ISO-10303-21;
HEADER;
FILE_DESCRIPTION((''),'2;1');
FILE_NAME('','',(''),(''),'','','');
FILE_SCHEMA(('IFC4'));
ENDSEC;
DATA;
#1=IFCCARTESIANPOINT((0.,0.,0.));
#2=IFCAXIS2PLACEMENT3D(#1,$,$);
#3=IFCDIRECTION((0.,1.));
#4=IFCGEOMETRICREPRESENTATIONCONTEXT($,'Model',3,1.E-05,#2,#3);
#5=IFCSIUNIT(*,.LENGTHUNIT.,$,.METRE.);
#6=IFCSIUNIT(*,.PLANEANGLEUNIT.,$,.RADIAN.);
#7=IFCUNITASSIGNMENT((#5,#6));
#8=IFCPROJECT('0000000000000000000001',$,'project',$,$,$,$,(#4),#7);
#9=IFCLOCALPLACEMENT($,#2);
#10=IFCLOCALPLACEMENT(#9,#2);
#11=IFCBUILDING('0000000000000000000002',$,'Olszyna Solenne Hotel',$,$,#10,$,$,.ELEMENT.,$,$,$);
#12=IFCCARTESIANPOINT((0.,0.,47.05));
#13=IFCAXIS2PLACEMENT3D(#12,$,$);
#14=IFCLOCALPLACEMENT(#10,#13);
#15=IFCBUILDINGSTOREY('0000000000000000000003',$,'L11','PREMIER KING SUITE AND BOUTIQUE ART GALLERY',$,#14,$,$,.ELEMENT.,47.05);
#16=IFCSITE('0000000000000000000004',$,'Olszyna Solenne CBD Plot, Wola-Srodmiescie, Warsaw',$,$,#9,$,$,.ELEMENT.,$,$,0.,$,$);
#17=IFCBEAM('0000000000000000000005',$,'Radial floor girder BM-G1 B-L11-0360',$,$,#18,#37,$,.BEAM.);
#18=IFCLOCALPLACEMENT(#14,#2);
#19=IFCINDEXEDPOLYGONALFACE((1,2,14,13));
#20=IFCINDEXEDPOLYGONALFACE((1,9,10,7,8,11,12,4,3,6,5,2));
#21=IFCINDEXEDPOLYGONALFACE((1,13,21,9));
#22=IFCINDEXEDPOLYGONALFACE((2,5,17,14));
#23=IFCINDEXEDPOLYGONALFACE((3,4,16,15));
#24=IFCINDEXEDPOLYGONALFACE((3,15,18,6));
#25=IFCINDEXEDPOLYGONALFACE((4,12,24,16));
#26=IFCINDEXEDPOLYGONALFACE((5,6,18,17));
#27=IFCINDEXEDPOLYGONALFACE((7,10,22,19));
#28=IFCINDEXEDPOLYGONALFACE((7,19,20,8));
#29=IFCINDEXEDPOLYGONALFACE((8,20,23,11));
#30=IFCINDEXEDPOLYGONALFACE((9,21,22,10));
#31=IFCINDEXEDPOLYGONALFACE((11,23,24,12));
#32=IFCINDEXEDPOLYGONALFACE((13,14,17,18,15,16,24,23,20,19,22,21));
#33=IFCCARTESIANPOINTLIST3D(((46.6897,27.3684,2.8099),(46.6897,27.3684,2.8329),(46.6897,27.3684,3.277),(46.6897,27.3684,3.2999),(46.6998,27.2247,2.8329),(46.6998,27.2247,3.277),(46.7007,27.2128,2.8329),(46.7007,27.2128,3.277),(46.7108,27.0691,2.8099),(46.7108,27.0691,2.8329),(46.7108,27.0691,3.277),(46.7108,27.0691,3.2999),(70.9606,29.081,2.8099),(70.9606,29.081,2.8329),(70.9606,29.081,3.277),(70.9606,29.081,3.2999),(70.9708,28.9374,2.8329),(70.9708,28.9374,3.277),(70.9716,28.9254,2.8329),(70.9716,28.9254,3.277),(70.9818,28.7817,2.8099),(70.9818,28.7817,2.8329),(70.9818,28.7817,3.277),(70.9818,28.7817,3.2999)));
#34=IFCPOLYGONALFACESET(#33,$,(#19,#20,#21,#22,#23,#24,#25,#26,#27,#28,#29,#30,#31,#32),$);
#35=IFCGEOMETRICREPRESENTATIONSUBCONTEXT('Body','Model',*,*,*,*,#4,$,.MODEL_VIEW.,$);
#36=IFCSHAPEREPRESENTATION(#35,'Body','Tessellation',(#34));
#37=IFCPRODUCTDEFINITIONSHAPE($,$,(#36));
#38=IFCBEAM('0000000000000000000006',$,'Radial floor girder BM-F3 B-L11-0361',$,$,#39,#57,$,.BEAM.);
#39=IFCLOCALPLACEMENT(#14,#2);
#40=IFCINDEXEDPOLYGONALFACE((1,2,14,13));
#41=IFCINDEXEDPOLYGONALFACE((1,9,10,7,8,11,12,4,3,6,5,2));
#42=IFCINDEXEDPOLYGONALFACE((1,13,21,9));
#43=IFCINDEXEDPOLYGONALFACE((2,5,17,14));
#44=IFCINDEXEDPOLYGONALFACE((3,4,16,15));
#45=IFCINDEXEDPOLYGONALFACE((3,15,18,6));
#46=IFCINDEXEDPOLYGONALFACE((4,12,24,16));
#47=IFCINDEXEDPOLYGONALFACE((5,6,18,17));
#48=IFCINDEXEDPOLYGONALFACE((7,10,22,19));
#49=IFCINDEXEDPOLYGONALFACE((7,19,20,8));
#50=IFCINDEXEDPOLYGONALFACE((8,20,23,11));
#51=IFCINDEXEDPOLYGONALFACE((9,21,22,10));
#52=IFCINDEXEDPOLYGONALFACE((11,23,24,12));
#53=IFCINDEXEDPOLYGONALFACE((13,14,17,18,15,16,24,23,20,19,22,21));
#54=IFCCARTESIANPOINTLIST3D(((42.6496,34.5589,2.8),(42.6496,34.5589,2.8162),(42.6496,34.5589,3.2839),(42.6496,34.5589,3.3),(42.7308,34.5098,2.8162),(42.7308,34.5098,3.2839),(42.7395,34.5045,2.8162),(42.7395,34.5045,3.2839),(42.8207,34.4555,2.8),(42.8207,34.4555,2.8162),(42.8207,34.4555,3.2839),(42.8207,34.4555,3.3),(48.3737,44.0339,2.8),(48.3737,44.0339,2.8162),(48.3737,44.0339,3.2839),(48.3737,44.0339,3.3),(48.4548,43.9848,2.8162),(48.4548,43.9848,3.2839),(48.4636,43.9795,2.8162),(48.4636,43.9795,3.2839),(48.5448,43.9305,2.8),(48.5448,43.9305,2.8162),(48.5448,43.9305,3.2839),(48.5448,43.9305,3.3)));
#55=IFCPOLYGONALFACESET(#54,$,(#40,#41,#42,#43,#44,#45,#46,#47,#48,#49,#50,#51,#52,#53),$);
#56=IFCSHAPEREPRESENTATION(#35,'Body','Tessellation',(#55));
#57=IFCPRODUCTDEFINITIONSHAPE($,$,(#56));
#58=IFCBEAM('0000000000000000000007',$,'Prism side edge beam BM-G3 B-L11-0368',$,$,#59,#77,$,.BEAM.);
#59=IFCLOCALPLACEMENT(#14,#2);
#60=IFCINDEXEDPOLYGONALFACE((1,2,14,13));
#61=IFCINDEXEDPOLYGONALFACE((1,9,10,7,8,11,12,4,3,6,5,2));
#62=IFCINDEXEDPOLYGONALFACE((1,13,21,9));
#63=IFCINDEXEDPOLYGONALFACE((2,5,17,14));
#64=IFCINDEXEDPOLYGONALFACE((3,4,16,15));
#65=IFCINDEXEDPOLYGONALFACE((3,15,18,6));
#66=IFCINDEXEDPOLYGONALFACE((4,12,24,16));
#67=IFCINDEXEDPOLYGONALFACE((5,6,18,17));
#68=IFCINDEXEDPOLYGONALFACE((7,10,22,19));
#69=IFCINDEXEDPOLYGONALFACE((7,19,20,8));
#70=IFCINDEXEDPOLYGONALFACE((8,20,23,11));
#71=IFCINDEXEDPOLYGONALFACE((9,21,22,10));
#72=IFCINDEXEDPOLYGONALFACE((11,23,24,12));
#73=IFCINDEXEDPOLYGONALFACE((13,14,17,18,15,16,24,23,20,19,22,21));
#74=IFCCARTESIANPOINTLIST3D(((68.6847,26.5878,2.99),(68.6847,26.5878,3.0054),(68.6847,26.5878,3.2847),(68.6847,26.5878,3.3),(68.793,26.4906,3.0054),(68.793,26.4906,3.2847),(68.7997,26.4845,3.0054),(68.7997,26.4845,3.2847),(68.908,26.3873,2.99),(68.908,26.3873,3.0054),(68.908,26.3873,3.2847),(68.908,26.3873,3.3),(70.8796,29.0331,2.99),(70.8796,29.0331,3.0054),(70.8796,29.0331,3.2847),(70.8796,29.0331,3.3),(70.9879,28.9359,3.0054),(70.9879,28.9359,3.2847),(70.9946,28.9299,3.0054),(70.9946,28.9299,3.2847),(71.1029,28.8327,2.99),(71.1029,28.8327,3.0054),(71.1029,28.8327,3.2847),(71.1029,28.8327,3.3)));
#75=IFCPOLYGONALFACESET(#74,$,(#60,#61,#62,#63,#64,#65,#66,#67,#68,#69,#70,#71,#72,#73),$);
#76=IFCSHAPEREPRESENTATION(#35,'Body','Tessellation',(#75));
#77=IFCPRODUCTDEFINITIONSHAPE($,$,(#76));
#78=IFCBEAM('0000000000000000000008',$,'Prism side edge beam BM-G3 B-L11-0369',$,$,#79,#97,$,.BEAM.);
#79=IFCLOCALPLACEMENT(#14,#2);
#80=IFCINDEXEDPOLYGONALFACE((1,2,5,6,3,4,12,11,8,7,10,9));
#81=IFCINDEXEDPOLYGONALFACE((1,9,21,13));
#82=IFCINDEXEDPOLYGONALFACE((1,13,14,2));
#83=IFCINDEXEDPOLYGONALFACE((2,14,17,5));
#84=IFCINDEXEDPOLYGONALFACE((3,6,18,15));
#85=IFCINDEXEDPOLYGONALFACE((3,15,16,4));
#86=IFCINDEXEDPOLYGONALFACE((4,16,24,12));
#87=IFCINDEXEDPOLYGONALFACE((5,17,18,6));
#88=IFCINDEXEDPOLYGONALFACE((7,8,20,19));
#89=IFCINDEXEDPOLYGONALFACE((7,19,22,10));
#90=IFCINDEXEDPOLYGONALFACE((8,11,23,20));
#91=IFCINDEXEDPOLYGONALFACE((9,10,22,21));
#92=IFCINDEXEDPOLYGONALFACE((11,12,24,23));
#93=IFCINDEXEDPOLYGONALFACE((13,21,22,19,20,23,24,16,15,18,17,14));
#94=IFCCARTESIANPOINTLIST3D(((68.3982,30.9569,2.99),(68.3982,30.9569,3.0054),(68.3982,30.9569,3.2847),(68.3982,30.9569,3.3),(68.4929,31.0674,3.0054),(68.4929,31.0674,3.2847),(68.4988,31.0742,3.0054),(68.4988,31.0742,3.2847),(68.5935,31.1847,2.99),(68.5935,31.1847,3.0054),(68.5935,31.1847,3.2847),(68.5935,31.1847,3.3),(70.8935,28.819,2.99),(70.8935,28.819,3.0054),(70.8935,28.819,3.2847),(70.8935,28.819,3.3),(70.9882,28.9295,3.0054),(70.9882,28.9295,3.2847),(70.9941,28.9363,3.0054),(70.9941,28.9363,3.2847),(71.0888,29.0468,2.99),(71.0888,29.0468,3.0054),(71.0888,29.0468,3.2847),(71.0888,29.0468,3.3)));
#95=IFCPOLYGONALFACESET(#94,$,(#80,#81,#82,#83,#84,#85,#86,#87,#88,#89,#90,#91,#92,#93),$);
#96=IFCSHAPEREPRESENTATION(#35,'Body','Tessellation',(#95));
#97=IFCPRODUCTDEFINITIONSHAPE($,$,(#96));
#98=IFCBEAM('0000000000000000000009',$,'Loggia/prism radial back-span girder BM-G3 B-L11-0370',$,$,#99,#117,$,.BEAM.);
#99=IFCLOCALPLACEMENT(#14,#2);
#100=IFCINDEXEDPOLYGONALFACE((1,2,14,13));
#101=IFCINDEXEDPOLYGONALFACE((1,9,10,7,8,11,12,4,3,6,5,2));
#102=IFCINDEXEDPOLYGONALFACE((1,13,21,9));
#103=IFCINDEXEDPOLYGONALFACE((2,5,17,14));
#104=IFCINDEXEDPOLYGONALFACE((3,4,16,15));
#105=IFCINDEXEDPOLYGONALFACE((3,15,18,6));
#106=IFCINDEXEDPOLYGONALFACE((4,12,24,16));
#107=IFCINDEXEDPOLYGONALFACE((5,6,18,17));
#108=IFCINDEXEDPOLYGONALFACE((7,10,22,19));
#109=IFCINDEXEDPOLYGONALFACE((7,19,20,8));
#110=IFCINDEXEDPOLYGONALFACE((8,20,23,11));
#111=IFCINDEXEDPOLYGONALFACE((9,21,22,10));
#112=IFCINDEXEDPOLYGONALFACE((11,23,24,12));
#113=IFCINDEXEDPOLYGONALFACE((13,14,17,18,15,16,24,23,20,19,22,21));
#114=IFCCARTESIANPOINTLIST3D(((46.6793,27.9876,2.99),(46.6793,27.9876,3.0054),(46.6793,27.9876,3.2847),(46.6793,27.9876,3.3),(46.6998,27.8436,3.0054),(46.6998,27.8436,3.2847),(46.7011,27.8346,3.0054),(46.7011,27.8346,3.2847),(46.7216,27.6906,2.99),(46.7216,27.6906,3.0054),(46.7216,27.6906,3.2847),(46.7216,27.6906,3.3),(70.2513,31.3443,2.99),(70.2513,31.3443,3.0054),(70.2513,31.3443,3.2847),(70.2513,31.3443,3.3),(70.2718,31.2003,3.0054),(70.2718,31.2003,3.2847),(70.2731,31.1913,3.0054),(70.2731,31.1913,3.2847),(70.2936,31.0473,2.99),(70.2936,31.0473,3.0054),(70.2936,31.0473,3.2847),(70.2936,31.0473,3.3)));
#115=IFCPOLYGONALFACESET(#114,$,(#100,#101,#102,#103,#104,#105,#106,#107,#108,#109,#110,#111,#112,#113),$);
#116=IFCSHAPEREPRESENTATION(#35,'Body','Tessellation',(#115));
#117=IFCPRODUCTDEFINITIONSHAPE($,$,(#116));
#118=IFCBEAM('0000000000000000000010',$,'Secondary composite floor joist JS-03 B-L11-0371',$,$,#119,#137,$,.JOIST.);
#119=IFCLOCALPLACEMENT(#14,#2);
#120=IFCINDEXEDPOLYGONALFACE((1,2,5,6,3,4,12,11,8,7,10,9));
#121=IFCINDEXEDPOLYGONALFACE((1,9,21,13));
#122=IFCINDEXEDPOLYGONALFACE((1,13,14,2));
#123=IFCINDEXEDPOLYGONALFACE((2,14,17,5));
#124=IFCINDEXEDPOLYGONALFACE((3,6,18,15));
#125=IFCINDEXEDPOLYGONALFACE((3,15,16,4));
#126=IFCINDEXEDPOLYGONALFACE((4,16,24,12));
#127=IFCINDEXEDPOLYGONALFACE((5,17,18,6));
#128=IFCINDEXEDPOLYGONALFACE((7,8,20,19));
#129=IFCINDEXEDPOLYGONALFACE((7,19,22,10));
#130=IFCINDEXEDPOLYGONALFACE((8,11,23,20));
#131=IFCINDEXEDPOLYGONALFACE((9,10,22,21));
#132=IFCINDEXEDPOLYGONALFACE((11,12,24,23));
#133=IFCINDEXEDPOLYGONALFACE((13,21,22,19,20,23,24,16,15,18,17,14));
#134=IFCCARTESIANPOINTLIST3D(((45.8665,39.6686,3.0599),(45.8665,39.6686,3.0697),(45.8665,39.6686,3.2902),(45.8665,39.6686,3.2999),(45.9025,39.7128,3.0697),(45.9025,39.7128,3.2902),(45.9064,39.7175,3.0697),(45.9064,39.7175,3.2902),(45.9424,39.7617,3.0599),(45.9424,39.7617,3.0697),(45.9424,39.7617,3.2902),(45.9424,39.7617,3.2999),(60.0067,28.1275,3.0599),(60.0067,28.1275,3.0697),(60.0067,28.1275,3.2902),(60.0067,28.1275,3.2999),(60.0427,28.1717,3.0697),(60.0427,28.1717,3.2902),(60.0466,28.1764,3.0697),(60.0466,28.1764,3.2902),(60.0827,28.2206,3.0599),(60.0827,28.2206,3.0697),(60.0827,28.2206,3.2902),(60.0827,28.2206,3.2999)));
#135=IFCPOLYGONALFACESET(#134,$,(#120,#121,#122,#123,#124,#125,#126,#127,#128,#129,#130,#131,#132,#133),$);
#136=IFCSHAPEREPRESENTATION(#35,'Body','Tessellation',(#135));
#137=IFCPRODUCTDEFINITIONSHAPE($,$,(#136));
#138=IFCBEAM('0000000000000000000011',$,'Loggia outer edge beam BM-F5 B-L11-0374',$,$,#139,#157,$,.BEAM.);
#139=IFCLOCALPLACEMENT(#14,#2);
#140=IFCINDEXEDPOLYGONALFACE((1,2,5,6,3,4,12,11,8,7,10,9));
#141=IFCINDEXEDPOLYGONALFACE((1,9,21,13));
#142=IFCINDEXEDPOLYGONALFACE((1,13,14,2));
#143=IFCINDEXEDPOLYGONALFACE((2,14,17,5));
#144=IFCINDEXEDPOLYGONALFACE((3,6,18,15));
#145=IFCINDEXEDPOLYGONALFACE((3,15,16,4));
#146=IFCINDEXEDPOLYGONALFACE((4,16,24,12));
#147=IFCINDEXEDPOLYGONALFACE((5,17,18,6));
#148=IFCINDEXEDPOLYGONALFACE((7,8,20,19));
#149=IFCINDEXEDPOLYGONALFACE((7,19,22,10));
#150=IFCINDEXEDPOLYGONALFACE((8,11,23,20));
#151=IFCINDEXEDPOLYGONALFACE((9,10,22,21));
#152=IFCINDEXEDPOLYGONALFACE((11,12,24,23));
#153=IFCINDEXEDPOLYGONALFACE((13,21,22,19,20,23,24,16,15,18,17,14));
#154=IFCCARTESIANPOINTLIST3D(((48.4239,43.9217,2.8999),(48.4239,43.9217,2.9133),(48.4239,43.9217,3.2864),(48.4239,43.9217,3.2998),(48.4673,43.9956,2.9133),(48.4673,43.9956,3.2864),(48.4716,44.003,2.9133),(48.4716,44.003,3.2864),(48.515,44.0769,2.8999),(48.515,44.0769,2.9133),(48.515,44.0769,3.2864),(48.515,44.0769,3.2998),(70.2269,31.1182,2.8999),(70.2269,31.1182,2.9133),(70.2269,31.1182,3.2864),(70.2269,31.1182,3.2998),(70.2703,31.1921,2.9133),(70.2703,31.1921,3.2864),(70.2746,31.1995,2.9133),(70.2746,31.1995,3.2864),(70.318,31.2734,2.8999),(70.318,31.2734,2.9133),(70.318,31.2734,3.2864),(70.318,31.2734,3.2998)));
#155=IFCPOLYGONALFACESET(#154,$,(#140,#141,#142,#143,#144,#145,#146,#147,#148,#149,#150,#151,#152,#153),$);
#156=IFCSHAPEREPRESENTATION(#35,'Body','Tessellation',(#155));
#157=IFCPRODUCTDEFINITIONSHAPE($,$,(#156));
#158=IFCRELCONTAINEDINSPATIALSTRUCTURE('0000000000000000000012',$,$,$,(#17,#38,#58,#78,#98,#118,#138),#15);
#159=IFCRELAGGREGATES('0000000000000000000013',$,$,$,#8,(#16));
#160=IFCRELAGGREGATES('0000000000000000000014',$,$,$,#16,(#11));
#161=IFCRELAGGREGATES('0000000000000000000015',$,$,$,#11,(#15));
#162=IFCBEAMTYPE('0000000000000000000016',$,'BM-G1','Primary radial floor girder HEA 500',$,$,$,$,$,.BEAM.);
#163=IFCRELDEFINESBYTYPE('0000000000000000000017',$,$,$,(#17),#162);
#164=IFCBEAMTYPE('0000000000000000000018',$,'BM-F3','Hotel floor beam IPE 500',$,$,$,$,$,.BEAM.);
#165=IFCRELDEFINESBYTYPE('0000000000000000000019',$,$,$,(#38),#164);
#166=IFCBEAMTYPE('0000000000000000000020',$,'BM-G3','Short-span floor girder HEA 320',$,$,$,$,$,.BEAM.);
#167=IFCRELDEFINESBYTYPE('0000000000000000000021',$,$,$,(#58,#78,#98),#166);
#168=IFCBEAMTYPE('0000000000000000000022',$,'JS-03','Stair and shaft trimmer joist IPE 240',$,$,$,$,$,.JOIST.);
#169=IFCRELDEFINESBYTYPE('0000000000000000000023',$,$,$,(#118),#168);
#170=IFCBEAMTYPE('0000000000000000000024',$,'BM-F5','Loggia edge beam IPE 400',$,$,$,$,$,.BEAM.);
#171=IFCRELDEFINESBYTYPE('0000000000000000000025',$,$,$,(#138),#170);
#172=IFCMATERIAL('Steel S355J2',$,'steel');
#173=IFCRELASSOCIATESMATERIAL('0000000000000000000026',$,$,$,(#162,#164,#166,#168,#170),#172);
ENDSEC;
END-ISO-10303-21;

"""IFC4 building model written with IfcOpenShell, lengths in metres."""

from ifc_helpers import new_model, si_unit, direction, frame, origin, origin_2d, place, context, subcontext, project, spatial, i_section, extrude, source, transform, mapped, material, material_profile, profile_set, type_object, element, save


model = new_model("IFC4")

# Units and contexts
model_context = context("Model", 3, precision=1e-05, world=origin(), true_north=direction((0.0, 1.0)))
body_context = subcontext(model_context, "Body", "Model", "MODEL_VIEW")
ifc_project = project(units=[si_unit("LENGTHUNIT", "METRE"), si_unit("PLANEANGLEUNIT", "RADIAN")], contexts=[model_context])

# Site, building, storey
site_placement = place(None, origin())
site = spatial("IfcSite", under=ifc_project, at=site_placement, Name="Olszyna Solenne CBD Plot, Wola-Srodmiescie, Warsaw", CompositionType="ELEMENT", RefElevation=0.0)
building_placement = place(site_placement, origin())
building = spatial("IfcBuilding", under=site, at=building_placement, Name="Olszyna Solenne Hotel", CompositionType="ELEMENT")
storey_placement = place(building_placement, frame((0.0, 0.0, 47.05)))
storey = spatial("IfcBuildingStorey", under=building, at=storey_placement, Name="L11", Description="PREMIER KING SUITE AND BOUTIQUE ART GALLERY", CompositionType="ELEMENT", Elevation=47.05)

# Beams
ifc_material_1 = material(Name="Steel S355J2", Category="steel")
ifc_material_profile_1 = material_profile(ifc_material_1, i_section(OverallWidth=0.3, OverallDepth=0.49, WebThickness=0.012, FlangeThickness=0.0229, at=origin_2d()), Name="HEA 500", Category="load-bearing")
ifc_profile_set_1 = profile_set([ifc_material_profile_1], Name="Steel S355J2")
beam_type_1 = type_object("IfcBeamType", Name="BM-G1", Description="Primary radial floor girder HEA 500", PredefinedType="BEAM", material=ifc_profile_set_1)
shared_shape_1 = source(origin(), body_context, "Body", "SweptSolid", [
    extrude(i_section(OverallWidth=0.3, OverallDepth=0.49, WebThickness=0.012, FlangeThickness=0.0229, at=origin_2d()), origin(), (0.0, 0.0, 1.0), 24.3313),
])
beam_1_placement = place(storey_placement, frame((70.9712, 28.9314, 3.0549), z_axis=(-0.99752, -0.070388, 0.0), x_axis=(0.070388, -0.99752, 0.0)))
element("IfcBeam", 1, at=beam_1_placement, inside=storey, type_object=beam_type_1, Name="Radial floor girder BM-G1 B-L11-0360", PredefinedType="BEAM", context=body_context, shape_type="MappedRepresentation", body=[
    mapped(shared_shape_1, transform((0.0, 0.0, 0.0), x_axis=(1.0, 0.0, 0.0), y_axis=(0.0, 1.0, 0.0), z_axis=(0.0, 0.0, 1.0), scale=1.0)),
])
ifc_material_profile_2 = material_profile(ifc_material_1, i_section(OverallWidth=0.2, OverallDepth=0.5, WebThickness=0.0103, FlangeThickness=0.0161, at=origin_2d()), Name="IPE 500", Category="load-bearing")
ifc_profile_set_2 = profile_set([ifc_material_profile_2], Name="Steel S355J2")
beam_type_2 = type_object("IfcBeamType", Name="BM-F3", Description="Hotel floor beam IPE 500", PredefinedType="BEAM", material=ifc_profile_set_2)
shared_shape_2 = source(origin(), body_context, "Body", "SweptSolid", [
    extrude(i_section(OverallWidth=0.2, OverallDepth=0.5, WebThickness=0.0103, FlangeThickness=0.0161, at=origin_2d()), origin(), (0.0, 0.0, 1.0), 11.0698),
])
beam_2_placement = place(storey_placement, frame((48.4592, 43.9822, 3.05), z_axis=(-0.517088, -0.855932, 0.0), x_axis=(0.855932, -0.517088, 0.0)))
element("IfcBeam", 2, at=beam_2_placement, inside=storey, type_object=beam_type_2, Name="Radial floor girder BM-F3 B-L11-0361", PredefinedType="BEAM", context=body_context, shape_type="MappedRepresentation", body=[
    mapped(shared_shape_2, transform((0.0, 0.0, 0.0), x_axis=(1.0, 0.0, 0.0), y_axis=(0.0, 1.0, 0.0), z_axis=(0.0, 0.0, 1.0), scale=1.0)),
])
ifc_material_profile_3 = material_profile(ifc_material_1, i_section(OverallWidth=0.3, OverallDepth=0.3101, WebThickness=0.009, FlangeThickness=0.0154, at=origin_2d()), Name="HEA 320", Category="load-bearing")
ifc_profile_set_3 = profile_set([ifc_material_profile_3], Name="Steel S355J2")
beam_type_3 = type_object("IfcBeamType", Name="BM-G3", Description="Short-span floor girder HEA 320", PredefinedType="BEAM", material=ifc_profile_set_3)
shared_shape_3 = source(origin(), body_context, "Body", "SweptSolid", [
    extrude(i_section(OverallWidth=0.3, OverallDepth=0.3101, WebThickness=0.009, FlangeThickness=0.0154, at=origin_2d()), origin(), (0.0, 0.0, 1.0), 3.2859),
])
for number, where, z_axis, x_axis, name in (
    (3, (68.7964, 26.4875, 3.145), (0.667963, 0.744195, 0.0), (-0.744195, 0.667963, 0.0), "Prism side edge beam BM-G3 B-L11-0368"),
    (4, (68.4958, 31.0708, 3.145), (0.759398, -0.650626, 0.0), (0.650626, 0.759398, 0.0), "Prism side edge beam BM-G3 B-L11-0369"),
):
    element("IfcBeam", number, at=place(storey_placement, frame(where, z_axis=z_axis, x_axis=x_axis)), inside=storey, type_object=beam_type_3, Name=name, PredefinedType="BEAM", context=body_context, shape_type="MappedRepresentation", body=[
        mapped(shared_shape_3, transform((0.0, 0.0, 0.0), x_axis=(1.0, 0.0, 0.0), y_axis=(0.0, 1.0, 0.0), z_axis=(0.0, 0.0, 1.0), scale=1.0)),
    ])
shared_shape_4 = source(origin(), body_context, "Body", "SweptSolid", [
    extrude(i_section(OverallWidth=0.3, OverallDepth=0.3101, WebThickness=0.009, FlangeThickness=0.0154, at=origin_2d()), origin(), (0.0, 0.0, 1.0), 23.8098),
])
beam_3_placement = place(storey_placement, frame((70.2725, 31.1958, 3.145), z_axis=(-0.990013, -0.140979, 0.0), x_axis=(0.140979, -0.990013, 0.0)))
element("IfcBeam", 5, at=beam_3_placement, inside=storey, type_object=beam_type_3, Name="Loggia/prism radial back-span girder BM-G3 B-L11-0370", PredefinedType="BEAM", context=body_context, shape_type="MappedRepresentation", body=[
    mapped(shared_shape_4, transform((0.0, 0.0, 0.0), x_axis=(1.0, 0.0, 0.0), y_axis=(0.0, 1.0, 0.0), z_axis=(0.0, 0.0, 1.0), scale=1.0)),
])
ifc_material_profile_4 = material_profile(ifc_material_1, i_section(OverallWidth=0.1201, OverallDepth=0.24, WebThickness=0.0061, FlangeThickness=0.0098, at=origin_2d()), Name="IPE 240", Category="load-bearing")
ifc_profile_set_4 = profile_set([ifc_material_profile_4], Name="Steel S355J2")
beam_type_4 = type_object("IfcBeamType", Name="JS-03", Description="Stair and shaft trimmer joist IPE 240", PredefinedType="JOIST", material=ifc_profile_set_4)
shared_shape_5 = source(origin(), body_context, "Body", "SweptSolid", [
    extrude(i_section(OverallWidth=0.1201, OverallDepth=0.24, WebThickness=0.0061, FlangeThickness=0.0098, at=origin_2d()), origin(), (0.0, 0.0, 1.0), 18.2522),
])
beam_4_placement = place(storey_placement, frame((60.0447, 28.1741, 3.1799), z_axis=(-0.774714, 0.632312, 0.0), x_axis=(-0.632312, -0.774714, 0.0)))
element("IfcBeam", 6, at=beam_4_placement, inside=storey, type_object=beam_type_4, Name="Secondary composite floor joist JS-03 B-L11-0371", PredefinedType="JOIST", context=body_context, shape_type="MappedRepresentation", body=[
    mapped(shared_shape_5, transform((0.0, 0.0, 0.0), x_axis=(1.0, 0.0, 0.0), y_axis=(0.0, 1.0, 0.0), z_axis=(0.0, 0.0, 1.0), scale=1.0)),
])
ifc_material_profile_5 = material_profile(ifc_material_1, i_section(OverallWidth=0.1799, OverallDepth=0.3999, WebThickness=0.0085, FlangeThickness=0.0134, at=origin_2d()), Name="IPE 400", Category="load-bearing")
ifc_profile_set_5 = profile_set([ifc_material_profile_5], Name="Steel S355J2")
beam_type_5 = type_object("IfcBeamType", Name="BM-F5", Description="Loggia edge beam IPE 400", PredefinedType="BEAM", material=ifc_profile_set_5)
shared_shape_6 = source(origin(), body_context, "Body", "SweptSolid", [
    extrude(i_section(OverallWidth=0.1799, OverallDepth=0.3999, WebThickness=0.0085, FlangeThickness=0.0134, at=origin_2d()), origin(), (0.0, 0.0, 1.0), 25.2844),
])
beam_5_placement = place(storey_placement, frame((70.2725, 31.1958, 3.0999), z_axis=(-0.862311, 0.506379, 0.0), x_axis=(-0.506379, -0.862311, 0.0)))
element("IfcBeam", 7, at=beam_5_placement, inside=storey, type_object=beam_type_5, Name="Loggia outer edge beam BM-F5 B-L11-0374", PredefinedType="BEAM", context=body_context, shape_type="MappedRepresentation", body=[
    mapped(shared_shape_6, transform((0.0, 0.0, 0.0), x_axis=(1.0, 0.0, 0.0), y_axis=(0.0, 1.0, 0.0), z_axis=(0.0, 0.0, 1.0), scale=1.0)),
])

save(model, "model.ifc")
